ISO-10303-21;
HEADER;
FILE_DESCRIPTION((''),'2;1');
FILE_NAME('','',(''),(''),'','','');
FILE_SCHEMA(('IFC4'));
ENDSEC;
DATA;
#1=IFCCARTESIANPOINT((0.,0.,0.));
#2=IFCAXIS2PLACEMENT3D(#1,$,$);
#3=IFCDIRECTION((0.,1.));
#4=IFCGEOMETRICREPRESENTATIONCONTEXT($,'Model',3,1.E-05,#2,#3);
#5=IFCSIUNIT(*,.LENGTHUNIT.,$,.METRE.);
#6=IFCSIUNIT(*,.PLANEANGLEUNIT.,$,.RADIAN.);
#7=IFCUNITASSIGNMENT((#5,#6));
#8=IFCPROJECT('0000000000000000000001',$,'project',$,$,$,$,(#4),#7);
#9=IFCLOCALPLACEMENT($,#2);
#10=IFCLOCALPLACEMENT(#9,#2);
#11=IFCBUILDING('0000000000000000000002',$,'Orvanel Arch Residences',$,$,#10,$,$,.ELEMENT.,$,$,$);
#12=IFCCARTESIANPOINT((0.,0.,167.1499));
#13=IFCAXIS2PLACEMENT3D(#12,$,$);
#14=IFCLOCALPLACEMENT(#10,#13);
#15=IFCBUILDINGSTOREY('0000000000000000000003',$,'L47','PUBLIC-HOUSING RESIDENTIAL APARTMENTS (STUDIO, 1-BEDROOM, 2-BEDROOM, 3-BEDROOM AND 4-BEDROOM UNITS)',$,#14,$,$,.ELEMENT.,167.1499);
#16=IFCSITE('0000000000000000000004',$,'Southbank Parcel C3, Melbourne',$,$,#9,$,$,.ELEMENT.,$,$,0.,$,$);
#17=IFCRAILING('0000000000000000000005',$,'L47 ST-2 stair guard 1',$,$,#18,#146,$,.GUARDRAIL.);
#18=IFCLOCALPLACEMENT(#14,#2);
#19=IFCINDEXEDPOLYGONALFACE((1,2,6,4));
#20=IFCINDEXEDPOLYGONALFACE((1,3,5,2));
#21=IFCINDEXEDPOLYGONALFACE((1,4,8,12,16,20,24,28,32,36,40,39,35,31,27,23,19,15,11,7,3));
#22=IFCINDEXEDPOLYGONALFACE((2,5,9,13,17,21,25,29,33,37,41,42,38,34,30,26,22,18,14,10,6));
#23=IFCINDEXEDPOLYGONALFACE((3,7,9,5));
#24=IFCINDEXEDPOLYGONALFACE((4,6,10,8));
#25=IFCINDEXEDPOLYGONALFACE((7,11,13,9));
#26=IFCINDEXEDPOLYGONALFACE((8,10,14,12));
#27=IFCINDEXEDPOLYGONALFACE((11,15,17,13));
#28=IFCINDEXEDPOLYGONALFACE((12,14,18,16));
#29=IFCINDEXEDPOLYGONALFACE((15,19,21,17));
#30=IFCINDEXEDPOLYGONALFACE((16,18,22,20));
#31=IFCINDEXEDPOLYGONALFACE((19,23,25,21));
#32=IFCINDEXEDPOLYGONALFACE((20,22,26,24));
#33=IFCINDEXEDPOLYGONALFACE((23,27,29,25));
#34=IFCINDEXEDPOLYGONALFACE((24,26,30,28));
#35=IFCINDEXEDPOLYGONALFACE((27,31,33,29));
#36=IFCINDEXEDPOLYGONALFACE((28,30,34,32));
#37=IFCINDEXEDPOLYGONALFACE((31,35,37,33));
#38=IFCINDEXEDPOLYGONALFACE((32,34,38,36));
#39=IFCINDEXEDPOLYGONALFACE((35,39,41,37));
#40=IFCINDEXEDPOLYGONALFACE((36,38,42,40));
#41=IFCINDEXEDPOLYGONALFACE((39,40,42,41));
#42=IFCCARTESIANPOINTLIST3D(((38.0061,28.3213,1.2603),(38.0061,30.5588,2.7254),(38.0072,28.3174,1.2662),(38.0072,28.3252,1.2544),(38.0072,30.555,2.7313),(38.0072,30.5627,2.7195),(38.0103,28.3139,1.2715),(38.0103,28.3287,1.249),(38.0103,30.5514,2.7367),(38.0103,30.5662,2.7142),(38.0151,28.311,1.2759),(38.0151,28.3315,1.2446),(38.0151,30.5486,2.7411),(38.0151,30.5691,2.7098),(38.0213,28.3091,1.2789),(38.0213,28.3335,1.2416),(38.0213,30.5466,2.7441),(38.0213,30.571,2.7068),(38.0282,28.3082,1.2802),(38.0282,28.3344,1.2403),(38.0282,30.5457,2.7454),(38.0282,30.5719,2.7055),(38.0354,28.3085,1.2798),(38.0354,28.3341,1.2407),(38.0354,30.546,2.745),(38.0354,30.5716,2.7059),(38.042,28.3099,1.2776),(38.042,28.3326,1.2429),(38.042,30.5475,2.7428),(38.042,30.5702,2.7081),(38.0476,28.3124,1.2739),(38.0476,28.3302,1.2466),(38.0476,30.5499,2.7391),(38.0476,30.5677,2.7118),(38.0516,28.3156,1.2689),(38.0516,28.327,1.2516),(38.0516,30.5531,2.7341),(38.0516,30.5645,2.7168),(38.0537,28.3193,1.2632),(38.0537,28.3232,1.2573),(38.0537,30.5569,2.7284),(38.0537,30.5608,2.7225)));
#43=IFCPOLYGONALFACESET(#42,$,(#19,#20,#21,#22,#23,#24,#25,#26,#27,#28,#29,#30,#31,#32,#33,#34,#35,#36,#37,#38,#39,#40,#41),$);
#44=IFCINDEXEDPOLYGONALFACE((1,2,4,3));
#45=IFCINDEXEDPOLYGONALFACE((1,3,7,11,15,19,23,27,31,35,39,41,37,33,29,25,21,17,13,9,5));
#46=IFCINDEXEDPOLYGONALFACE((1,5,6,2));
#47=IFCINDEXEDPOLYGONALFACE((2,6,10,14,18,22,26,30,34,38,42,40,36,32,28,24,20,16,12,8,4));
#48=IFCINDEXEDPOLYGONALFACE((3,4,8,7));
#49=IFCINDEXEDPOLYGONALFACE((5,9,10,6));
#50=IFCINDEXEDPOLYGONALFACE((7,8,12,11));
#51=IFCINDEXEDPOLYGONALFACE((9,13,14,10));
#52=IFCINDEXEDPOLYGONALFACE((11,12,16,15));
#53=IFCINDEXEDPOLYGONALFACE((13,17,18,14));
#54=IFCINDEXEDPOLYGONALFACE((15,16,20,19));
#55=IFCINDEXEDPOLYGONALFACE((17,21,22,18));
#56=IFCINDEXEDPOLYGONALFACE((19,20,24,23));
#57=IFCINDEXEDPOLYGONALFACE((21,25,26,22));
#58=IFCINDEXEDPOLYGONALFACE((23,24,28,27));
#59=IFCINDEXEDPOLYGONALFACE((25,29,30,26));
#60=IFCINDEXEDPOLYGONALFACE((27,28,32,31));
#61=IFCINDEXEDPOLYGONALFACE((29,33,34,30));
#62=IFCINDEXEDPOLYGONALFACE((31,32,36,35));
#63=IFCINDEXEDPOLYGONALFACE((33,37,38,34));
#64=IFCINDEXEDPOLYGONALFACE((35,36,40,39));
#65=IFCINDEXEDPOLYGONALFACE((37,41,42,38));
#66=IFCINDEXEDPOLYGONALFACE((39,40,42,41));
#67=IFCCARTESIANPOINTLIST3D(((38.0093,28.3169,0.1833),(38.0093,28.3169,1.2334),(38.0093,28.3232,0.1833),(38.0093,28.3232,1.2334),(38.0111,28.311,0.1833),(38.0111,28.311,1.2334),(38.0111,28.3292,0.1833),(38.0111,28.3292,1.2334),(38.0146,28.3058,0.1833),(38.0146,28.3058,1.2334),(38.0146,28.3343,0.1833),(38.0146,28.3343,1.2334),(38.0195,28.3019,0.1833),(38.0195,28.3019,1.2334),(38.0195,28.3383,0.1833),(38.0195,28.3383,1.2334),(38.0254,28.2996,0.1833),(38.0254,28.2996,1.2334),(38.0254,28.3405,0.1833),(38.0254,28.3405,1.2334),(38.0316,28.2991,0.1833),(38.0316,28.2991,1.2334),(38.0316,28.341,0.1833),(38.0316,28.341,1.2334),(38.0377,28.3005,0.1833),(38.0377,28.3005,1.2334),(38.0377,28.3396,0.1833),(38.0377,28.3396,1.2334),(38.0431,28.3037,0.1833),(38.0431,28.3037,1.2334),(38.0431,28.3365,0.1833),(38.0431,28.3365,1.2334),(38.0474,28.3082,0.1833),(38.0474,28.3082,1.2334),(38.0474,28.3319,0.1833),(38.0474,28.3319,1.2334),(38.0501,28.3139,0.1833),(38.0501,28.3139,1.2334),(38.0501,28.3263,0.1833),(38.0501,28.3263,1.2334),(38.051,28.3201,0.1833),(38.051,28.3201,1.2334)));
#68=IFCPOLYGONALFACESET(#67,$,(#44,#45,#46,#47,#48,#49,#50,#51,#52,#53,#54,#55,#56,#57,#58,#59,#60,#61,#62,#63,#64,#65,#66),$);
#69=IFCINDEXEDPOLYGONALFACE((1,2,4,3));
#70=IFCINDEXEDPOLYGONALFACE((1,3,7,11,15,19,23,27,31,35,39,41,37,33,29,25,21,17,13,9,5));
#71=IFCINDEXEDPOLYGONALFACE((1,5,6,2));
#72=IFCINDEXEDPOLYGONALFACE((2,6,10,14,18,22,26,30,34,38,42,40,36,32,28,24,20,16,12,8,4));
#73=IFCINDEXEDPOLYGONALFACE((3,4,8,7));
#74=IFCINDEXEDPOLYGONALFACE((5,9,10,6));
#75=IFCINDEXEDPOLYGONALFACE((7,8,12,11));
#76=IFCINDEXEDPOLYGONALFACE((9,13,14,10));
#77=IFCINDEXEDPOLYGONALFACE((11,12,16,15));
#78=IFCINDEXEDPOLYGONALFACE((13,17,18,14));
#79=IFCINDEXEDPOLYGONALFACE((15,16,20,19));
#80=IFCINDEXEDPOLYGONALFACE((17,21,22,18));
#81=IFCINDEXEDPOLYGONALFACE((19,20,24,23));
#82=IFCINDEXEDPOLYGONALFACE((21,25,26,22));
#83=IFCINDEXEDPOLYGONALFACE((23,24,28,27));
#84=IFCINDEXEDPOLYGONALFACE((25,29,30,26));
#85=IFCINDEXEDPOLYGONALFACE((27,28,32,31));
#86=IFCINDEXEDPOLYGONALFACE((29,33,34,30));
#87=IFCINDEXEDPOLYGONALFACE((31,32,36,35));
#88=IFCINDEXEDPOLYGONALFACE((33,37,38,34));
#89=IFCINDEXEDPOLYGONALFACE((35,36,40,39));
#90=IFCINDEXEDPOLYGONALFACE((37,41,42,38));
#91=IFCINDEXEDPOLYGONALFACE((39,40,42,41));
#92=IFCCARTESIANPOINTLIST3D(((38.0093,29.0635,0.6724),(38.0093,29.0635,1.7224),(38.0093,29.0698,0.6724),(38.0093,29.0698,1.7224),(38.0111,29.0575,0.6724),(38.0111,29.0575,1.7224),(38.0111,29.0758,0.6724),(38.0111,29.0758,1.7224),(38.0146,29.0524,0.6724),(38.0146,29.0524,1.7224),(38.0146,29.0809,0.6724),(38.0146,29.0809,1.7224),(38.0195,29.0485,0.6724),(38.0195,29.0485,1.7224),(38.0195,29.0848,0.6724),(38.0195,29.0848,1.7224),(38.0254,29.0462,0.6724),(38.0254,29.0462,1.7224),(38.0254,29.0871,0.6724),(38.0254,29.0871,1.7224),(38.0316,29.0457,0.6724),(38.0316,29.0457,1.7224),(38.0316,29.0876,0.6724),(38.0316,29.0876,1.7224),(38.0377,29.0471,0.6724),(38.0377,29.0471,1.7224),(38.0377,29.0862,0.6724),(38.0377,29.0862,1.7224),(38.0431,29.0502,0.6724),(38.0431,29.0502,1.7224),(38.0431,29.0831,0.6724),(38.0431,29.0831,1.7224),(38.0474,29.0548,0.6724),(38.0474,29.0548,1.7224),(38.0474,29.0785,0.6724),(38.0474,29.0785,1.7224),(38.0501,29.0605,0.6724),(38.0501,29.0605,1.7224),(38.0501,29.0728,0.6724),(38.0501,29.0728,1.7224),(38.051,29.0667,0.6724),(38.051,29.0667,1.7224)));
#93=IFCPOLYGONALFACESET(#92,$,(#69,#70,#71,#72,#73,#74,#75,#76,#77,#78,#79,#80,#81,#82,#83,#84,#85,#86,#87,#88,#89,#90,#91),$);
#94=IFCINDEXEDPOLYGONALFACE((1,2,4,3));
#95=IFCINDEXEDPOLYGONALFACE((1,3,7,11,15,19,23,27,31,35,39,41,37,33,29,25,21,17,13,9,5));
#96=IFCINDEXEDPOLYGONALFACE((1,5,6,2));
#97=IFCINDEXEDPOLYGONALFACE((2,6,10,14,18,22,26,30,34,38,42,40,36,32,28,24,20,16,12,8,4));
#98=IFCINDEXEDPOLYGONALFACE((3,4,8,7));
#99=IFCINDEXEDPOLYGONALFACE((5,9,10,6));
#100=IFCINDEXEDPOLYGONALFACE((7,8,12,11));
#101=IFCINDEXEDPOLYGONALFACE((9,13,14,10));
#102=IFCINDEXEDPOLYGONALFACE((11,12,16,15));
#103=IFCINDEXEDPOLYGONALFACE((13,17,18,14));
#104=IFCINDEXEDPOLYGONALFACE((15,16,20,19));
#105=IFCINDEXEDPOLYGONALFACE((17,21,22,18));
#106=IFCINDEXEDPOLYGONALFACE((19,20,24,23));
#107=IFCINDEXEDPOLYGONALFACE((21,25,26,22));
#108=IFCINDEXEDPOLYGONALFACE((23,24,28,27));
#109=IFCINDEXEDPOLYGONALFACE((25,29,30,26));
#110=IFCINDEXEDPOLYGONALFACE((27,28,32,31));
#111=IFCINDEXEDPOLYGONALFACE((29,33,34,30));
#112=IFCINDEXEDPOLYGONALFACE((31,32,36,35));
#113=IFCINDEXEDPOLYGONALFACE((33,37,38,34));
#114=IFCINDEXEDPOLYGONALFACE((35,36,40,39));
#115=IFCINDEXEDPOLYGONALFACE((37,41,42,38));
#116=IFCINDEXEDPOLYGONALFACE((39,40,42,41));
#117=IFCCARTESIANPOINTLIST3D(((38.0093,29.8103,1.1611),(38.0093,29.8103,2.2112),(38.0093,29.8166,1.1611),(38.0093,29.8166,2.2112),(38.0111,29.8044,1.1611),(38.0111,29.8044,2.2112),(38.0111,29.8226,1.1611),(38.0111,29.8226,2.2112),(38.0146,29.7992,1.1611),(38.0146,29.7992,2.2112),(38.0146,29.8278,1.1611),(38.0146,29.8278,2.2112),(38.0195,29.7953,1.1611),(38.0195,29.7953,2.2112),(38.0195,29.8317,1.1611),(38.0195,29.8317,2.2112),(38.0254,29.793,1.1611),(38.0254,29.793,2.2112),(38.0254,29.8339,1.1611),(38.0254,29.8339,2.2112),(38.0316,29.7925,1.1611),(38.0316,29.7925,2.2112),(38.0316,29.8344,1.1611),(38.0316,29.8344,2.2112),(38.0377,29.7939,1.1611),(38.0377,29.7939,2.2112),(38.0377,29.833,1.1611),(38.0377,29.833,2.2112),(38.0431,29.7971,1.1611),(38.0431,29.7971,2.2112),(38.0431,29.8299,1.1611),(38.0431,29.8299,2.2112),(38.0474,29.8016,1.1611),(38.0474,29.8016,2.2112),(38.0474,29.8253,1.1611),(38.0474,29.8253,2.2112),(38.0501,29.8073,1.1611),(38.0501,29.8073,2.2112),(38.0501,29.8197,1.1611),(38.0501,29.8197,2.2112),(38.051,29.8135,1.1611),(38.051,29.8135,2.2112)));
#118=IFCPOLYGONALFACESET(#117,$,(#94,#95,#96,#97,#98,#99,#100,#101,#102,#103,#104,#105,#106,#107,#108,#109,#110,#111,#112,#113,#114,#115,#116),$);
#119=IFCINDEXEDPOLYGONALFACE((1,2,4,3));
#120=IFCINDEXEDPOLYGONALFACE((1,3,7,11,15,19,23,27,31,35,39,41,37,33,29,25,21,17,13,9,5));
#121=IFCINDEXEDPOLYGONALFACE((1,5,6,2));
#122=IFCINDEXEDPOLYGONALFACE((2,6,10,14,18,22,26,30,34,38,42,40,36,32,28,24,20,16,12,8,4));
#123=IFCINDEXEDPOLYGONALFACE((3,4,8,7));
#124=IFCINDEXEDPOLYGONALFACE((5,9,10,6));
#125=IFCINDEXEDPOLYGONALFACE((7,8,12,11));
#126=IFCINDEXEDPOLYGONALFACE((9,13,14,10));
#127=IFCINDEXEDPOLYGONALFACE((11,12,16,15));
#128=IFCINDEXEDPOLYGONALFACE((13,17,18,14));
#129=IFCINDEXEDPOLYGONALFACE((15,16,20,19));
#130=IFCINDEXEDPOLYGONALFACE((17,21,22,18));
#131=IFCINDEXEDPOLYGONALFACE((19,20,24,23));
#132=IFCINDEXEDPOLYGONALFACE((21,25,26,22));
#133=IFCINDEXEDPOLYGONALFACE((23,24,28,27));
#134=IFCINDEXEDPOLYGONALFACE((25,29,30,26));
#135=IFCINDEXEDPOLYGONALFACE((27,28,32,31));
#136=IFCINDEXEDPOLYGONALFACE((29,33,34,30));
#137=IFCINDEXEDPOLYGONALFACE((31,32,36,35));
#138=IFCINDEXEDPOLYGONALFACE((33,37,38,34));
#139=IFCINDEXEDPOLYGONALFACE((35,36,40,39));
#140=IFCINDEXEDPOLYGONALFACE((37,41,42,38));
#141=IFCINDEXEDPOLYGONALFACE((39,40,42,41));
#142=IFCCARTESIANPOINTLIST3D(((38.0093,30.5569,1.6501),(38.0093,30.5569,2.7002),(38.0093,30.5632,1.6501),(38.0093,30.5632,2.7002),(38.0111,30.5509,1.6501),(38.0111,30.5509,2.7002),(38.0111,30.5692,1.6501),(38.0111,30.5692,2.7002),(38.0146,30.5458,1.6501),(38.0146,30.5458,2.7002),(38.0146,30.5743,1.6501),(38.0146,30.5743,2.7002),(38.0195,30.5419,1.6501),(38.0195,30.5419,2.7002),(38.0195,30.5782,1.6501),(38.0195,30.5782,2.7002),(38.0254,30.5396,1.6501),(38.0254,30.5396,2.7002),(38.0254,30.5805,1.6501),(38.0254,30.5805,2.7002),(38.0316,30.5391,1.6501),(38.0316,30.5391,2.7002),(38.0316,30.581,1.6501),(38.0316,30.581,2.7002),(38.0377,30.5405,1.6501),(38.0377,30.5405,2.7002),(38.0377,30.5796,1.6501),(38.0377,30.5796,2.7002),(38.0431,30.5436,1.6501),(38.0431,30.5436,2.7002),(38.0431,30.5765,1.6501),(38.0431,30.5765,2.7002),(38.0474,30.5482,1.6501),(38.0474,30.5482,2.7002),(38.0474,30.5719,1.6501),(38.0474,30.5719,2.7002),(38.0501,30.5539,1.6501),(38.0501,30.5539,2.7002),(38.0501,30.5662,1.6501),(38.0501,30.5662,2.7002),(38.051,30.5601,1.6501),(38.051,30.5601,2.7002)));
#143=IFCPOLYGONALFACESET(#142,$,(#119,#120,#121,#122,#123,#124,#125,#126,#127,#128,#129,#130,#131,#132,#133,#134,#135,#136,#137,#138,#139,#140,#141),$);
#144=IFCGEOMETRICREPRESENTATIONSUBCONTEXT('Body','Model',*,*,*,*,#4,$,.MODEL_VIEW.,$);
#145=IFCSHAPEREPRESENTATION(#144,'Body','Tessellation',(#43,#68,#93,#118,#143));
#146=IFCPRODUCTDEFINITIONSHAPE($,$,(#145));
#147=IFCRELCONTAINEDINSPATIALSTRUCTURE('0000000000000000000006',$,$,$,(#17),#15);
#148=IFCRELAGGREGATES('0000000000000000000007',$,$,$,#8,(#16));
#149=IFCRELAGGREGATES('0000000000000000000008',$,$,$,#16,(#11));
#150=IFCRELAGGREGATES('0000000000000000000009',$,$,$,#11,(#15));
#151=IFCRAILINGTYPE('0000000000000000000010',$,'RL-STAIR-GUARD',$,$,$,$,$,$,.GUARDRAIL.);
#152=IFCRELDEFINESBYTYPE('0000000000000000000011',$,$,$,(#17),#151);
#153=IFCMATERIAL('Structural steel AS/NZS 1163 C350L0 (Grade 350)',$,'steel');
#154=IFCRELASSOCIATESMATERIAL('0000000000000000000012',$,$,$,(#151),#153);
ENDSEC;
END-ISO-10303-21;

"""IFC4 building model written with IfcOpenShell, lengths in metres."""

from ifc_helpers import new_model, si_unit, direction, frame, origin, origin_2d, place, context, subcontext, project, spatial, circle, extrude, material, type_object, element, save


model = new_model("IFC4")

# Units and contexts
model_context = context("Model", 3, precision=1e-05, world=origin(), true_north=direction((0.0, 1.0)))
body_context = subcontext(model_context, "Body", "Model", "MODEL_VIEW")
ifc_project = project(units=[si_unit("LENGTHUNIT", "METRE"), si_unit("PLANEANGLEUNIT", "RADIAN")], contexts=[model_context])

# Site, building, storey
site_placement = place(None, origin())
site = spatial("IfcSite", under=ifc_project, at=site_placement, Name="Southbank Parcel C3, Melbourne", CompositionType="ELEMENT", RefElevation=0.0)
building_placement = place(site_placement, origin())
building = spatial("IfcBuilding", under=site, at=building_placement, Name="Orvanel Arch Residences", CompositionType="ELEMENT")
storey_placement = place(building_placement, frame((0.0, 0.0, 167.1499)))
storey = spatial("IfcBuildingStorey", under=building, at=storey_placement, Name="L47", Description="PUBLIC-HOUSING RESIDENTIAL APARTMENTS (STUDIO, 1-BEDROOM, 2-BEDROOM, 3-BEDROOM AND 4-BEDROOM UNITS)", CompositionType="ELEMENT", Elevation=167.1499)

# Railing
ifc_material_1 = material(Name="Structural steel AS/NZS 1163 C350L0 (Grade 350)", Category="steel")
railing_type_1 = type_object("IfcRailingType", Name="RL-STAIR-GUARD", PredefinedType="GUARDRAIL", material=ifc_material_1)
railing_1_placement = place(storey_placement, frame((38.03, 28.3201, 0.1833)))
element("IfcRailing", 1, at=railing_1_placement, inside=storey, type_object=railing_type_1, Name="L47 ST-2 stair guard 1", PredefinedType="GUARDRAIL", context=body_context, shape_type="SweptSolid", body=[
    extrude(circle(Radius=0.0239, at=origin_2d()), frame((0.0, 0.0012, 1.0769), z_axis=(0.0, 0.836595, 0.547822), x_axis=(-1.0, 0.0, 0.0)), (0.0, 0.0, 1.0), 2.6746),
    extrude(circle(Radius=0.021, at=origin_2d()), origin(), (0.0, 0.0, 1.0), 1.05),
    extrude(circle(Radius=0.021, at=origin_2d()), frame((0.0, 0.7466, 0.489)), (0.0, 0.0, 1.0), 1.05),
    extrude(circle(Radius=0.021, at=origin_2d()), frame((0.0, 1.4934, 0.9778)), (0.0, 0.0, 1.0), 1.05),
    extrude(circle(Radius=0.021, at=origin_2d()), frame((0.0, 2.24, 1.4668)), (0.0, 0.0, 1.0), 1.05),
])

save(model, "model.ifc")
